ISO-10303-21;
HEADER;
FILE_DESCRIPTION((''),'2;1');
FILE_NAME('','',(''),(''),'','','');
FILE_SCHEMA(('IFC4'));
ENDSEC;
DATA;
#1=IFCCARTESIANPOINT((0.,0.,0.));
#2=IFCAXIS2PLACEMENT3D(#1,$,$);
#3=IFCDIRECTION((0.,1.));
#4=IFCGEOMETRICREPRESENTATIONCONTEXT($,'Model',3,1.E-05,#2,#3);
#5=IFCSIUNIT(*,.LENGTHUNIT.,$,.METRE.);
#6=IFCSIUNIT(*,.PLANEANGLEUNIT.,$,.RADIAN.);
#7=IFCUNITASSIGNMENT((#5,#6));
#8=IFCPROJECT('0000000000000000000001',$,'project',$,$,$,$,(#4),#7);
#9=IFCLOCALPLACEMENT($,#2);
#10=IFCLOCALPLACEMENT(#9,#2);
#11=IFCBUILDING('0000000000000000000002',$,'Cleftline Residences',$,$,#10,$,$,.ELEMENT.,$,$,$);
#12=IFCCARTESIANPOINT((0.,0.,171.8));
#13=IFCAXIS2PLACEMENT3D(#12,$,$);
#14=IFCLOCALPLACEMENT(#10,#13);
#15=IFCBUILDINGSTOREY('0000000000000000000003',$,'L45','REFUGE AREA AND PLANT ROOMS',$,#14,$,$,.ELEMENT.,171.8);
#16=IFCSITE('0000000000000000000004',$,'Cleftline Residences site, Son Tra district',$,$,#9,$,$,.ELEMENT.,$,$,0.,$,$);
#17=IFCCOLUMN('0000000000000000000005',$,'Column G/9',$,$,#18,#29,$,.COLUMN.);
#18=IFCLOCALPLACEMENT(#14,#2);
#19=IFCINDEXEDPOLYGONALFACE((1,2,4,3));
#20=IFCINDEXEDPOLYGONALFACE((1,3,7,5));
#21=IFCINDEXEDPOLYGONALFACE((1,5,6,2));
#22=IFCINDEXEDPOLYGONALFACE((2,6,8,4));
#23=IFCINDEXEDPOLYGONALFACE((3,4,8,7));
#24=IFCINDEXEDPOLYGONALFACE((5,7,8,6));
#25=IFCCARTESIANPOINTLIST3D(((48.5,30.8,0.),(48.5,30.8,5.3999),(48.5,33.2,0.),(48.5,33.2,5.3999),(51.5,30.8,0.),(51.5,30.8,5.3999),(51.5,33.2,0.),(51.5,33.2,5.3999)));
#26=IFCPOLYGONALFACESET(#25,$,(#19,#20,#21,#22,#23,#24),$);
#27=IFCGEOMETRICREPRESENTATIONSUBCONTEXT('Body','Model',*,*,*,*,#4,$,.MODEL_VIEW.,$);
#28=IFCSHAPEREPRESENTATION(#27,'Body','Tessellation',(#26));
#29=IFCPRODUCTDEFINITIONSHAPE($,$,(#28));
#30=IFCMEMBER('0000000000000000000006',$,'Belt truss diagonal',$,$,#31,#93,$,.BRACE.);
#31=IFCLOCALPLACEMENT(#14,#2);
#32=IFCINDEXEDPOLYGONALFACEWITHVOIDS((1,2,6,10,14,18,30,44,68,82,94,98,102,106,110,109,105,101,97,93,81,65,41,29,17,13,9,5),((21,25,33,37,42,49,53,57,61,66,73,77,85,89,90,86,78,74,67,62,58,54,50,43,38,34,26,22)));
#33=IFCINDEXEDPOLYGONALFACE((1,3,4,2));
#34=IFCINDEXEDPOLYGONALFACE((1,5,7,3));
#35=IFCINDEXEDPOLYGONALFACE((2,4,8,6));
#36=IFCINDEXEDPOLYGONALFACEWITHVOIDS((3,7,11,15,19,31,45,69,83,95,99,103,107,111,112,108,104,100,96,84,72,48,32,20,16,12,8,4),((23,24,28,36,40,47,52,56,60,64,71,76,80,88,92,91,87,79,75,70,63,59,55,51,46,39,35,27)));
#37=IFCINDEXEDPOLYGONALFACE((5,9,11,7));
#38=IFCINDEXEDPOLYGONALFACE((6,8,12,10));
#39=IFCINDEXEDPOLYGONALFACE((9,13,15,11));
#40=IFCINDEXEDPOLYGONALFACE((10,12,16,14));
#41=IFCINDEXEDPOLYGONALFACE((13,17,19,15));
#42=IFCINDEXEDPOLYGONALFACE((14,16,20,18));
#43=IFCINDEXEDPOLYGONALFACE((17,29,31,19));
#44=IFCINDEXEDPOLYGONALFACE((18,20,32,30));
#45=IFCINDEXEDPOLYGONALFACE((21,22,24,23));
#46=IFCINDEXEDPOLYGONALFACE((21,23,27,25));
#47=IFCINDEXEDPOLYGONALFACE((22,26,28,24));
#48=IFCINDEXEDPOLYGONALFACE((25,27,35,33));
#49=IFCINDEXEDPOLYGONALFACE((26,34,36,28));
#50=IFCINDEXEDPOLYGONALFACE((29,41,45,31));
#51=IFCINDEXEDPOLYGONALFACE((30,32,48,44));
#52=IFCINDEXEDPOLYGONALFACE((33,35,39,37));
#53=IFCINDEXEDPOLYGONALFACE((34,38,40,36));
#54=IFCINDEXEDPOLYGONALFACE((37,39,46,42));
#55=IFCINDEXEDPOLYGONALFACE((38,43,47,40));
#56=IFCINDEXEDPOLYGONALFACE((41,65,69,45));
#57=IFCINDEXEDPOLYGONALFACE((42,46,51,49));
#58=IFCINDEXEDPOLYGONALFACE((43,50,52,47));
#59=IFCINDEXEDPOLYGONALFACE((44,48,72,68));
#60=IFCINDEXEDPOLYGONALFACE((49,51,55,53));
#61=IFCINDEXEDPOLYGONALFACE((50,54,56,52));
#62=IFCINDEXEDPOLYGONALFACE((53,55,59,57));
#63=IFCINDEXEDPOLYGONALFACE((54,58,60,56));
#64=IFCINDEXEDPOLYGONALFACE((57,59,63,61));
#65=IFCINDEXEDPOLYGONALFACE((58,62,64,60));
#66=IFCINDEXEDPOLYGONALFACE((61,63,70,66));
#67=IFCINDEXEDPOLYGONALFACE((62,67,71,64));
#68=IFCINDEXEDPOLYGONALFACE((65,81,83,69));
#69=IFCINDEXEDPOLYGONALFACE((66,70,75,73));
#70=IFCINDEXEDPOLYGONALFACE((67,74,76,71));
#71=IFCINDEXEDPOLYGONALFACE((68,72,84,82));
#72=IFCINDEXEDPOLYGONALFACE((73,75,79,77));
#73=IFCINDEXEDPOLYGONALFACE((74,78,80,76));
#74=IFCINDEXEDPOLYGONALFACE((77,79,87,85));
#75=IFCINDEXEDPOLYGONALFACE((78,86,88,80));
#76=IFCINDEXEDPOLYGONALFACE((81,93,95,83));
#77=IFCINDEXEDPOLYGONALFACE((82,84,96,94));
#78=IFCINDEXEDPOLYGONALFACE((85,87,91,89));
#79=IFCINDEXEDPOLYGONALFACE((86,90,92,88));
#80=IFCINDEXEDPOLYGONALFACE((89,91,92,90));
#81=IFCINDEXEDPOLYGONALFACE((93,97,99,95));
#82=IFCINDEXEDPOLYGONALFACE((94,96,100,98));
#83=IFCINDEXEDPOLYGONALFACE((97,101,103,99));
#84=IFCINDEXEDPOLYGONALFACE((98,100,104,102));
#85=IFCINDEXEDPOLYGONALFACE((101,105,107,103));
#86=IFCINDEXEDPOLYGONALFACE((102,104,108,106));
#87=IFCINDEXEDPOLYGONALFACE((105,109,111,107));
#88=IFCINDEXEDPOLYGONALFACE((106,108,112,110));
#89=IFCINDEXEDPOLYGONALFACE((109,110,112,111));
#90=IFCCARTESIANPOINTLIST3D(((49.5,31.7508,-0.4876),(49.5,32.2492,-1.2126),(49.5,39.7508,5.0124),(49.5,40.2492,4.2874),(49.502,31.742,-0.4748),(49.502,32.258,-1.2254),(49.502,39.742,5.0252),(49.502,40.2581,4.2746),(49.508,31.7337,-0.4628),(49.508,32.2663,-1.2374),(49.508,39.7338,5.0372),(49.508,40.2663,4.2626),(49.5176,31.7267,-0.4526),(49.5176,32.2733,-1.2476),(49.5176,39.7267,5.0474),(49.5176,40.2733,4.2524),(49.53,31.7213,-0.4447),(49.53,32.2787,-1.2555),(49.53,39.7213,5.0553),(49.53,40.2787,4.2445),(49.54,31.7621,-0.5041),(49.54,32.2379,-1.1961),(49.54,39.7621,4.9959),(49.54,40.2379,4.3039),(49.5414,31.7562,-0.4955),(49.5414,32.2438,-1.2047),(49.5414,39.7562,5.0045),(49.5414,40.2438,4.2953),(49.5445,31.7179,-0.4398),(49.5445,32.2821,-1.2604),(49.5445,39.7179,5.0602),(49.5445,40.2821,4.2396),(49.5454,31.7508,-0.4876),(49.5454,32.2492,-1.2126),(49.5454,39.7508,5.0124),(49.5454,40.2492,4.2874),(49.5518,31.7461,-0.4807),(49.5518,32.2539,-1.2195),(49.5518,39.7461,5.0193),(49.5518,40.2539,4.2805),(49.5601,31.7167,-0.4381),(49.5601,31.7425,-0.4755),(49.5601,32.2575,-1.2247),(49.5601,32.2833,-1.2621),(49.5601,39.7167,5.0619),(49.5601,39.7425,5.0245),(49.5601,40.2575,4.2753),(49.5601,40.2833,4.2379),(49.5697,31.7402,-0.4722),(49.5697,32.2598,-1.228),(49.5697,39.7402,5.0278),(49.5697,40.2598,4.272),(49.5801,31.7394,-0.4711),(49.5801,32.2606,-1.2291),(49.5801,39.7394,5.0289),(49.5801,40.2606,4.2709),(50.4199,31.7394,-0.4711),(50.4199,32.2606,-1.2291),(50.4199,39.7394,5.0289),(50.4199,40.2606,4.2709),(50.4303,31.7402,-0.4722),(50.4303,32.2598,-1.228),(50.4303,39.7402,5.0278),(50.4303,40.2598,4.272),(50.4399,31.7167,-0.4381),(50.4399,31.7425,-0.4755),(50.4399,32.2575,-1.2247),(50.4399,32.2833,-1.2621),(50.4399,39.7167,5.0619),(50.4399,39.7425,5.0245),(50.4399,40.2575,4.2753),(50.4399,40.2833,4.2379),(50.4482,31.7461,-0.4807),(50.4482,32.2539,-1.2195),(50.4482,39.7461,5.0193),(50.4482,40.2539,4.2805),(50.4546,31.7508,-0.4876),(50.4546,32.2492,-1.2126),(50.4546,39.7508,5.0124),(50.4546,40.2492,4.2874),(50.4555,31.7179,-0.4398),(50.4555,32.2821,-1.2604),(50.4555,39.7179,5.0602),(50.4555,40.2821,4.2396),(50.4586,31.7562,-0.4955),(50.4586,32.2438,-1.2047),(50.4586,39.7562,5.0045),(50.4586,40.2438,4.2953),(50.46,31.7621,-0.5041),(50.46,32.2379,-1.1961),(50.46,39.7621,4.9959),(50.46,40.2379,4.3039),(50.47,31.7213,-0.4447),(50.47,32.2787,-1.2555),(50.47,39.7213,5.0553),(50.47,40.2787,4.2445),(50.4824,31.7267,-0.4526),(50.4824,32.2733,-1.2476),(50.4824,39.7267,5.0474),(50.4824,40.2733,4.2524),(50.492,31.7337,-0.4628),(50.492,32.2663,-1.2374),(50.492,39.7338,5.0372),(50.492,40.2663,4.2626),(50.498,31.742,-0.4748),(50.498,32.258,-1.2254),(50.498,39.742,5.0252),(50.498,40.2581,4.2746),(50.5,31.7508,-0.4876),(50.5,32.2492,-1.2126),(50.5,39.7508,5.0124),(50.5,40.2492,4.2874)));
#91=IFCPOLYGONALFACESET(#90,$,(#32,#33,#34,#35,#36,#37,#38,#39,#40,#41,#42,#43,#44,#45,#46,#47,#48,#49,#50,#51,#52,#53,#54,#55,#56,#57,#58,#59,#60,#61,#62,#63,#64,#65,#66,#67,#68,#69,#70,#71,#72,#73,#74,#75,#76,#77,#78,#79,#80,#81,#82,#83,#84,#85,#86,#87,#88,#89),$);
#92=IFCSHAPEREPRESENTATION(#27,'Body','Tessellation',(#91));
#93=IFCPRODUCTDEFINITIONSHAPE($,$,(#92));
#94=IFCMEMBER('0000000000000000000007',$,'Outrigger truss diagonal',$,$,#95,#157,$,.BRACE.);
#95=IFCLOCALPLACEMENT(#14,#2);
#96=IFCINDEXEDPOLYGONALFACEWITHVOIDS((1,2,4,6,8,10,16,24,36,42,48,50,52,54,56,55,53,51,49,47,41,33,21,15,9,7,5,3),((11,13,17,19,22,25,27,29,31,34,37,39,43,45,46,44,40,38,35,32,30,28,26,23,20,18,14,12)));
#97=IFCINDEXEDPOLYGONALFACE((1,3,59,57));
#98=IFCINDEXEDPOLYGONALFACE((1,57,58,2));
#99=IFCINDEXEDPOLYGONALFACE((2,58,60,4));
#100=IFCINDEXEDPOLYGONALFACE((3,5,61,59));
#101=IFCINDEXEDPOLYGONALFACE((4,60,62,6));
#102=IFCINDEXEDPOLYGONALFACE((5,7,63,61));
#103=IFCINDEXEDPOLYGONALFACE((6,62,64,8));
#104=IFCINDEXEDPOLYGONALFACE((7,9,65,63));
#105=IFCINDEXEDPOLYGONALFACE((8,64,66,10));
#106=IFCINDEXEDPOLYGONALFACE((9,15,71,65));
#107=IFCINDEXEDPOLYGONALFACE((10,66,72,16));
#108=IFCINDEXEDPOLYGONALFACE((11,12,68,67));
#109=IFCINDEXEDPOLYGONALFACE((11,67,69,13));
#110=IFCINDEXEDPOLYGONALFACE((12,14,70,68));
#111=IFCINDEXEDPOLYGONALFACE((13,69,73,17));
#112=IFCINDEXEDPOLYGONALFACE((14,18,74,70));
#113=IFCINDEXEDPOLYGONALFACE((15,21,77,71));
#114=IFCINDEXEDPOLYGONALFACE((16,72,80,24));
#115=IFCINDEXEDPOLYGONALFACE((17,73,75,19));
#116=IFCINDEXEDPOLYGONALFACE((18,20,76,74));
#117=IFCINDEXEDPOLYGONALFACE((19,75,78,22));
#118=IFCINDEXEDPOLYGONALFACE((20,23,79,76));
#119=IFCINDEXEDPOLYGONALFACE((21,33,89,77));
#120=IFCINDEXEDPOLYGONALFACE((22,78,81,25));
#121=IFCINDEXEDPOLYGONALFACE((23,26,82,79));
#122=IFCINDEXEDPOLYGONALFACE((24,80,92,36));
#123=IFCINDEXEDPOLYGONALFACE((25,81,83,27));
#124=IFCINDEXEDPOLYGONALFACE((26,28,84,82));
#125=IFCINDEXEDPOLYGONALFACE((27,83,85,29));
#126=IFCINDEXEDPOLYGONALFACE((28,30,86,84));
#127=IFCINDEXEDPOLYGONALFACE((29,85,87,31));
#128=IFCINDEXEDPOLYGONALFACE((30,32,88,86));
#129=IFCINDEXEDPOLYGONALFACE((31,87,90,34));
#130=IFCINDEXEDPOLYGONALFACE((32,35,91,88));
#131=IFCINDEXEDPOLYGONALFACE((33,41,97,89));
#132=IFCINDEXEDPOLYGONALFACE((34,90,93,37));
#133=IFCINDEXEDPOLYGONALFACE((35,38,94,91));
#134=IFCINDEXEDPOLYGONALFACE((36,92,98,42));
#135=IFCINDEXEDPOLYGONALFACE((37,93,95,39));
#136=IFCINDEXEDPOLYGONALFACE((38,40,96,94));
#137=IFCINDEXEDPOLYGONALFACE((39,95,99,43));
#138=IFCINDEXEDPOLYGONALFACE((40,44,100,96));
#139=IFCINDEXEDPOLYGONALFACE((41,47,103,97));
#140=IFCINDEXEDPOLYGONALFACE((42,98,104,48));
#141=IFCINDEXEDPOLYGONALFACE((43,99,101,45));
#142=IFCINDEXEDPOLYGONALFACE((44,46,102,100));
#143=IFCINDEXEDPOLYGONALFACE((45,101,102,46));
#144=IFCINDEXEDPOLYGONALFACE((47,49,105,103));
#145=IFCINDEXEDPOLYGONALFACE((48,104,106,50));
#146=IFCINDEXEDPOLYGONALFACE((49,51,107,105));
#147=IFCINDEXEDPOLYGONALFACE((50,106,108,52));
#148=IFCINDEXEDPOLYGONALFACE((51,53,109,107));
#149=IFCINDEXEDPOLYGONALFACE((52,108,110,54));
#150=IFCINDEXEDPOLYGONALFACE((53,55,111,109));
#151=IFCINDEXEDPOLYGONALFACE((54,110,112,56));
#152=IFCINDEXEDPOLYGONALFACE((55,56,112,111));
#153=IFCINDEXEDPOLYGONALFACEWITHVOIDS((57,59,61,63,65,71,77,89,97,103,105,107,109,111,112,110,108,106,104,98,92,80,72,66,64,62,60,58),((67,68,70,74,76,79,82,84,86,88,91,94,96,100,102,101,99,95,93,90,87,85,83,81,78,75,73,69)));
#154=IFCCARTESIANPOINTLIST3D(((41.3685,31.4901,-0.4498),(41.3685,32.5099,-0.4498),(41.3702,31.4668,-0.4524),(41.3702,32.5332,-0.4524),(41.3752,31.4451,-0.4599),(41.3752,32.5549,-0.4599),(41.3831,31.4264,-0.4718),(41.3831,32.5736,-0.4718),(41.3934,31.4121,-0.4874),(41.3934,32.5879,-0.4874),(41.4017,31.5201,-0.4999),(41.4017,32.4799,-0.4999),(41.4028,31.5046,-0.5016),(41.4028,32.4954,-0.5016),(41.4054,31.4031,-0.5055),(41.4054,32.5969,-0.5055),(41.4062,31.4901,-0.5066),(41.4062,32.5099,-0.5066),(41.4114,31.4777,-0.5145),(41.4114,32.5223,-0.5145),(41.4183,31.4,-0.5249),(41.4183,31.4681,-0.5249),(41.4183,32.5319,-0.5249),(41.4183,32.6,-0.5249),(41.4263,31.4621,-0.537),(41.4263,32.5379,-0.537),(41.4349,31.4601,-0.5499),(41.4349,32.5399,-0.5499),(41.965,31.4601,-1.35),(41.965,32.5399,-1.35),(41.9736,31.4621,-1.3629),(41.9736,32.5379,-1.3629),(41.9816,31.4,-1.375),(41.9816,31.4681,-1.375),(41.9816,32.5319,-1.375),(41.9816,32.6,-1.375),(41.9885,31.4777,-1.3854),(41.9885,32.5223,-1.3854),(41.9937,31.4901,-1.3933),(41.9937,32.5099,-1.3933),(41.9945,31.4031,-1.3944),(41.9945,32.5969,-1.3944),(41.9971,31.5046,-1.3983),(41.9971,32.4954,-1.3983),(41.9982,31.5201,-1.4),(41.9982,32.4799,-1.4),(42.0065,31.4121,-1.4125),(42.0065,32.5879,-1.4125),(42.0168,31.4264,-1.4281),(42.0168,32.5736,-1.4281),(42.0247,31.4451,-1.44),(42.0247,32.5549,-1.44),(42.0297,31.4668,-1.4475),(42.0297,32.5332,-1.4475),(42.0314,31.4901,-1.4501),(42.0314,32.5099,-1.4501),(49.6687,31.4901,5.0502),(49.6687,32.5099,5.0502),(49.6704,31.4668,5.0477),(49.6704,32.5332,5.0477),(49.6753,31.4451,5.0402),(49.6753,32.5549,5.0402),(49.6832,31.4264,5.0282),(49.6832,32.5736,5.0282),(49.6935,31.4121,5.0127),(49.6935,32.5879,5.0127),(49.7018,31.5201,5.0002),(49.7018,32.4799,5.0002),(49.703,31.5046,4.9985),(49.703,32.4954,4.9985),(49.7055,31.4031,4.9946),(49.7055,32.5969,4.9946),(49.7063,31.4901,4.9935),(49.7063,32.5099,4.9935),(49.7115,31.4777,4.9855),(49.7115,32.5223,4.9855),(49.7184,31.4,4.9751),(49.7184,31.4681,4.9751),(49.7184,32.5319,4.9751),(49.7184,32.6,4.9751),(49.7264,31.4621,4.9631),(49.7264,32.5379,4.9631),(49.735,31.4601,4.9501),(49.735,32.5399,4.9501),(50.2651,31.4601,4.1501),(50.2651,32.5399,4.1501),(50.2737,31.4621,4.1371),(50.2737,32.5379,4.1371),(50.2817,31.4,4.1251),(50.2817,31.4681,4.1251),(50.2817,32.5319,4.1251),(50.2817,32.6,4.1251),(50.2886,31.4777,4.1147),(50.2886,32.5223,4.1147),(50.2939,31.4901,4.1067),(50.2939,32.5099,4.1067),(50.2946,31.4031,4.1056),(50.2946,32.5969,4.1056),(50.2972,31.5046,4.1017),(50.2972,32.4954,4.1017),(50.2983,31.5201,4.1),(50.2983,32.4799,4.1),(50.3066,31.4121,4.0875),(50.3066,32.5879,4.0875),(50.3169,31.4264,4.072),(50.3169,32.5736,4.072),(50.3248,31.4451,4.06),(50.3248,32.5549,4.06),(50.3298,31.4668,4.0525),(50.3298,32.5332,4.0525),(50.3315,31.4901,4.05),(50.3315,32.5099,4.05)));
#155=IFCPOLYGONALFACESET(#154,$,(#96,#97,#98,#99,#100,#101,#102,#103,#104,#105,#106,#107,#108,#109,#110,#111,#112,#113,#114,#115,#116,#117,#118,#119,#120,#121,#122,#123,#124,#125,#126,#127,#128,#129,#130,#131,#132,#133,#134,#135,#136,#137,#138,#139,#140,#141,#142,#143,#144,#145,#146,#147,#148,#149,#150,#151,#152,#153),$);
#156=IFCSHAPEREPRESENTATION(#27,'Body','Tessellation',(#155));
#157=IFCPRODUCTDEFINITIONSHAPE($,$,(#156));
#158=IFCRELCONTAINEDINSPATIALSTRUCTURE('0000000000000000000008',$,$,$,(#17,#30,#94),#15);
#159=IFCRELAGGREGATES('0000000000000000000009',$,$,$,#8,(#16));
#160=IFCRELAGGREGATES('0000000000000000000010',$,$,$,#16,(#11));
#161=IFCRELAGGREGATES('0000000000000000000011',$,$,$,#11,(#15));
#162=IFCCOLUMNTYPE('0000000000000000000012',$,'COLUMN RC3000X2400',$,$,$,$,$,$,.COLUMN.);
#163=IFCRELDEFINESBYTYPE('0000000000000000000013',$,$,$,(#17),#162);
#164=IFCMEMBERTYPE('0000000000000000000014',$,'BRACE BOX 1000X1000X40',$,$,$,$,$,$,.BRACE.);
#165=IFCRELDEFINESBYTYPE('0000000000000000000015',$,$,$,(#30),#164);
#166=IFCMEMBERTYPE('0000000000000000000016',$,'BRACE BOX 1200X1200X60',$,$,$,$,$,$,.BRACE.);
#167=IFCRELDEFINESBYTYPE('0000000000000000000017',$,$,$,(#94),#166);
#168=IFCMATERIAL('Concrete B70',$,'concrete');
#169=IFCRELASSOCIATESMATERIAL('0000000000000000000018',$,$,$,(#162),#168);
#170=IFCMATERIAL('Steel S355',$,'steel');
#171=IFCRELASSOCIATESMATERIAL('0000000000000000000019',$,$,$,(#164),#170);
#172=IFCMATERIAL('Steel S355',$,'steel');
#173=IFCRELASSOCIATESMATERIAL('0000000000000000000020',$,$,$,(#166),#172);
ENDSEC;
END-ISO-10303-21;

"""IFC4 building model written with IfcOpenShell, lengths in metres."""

from ifc_helpers import new_model, si_unit, direction, frame, origin, origin_2d, place, context, subcontext, project, spatial, rectangle, hollow_rectangle, extrude, material, material_profile, profile_set, type_object, element, save


model = new_model("IFC4")

# Units and contexts
model_context = context("Model", 3, precision=1e-05, world=origin(), true_north=direction((0.0, 1.0)))
body_context = subcontext(model_context, "Body", "Model", "MODEL_VIEW")
ifc_project = project(units=[si_unit("LENGTHUNIT", "METRE"), si_unit("PLANEANGLEUNIT", "RADIAN")], contexts=[model_context])

# Site, building, storey
site_placement = place(None, origin())
site = spatial("IfcSite", under=ifc_project, at=site_placement, Name="Cleftline Residences site, Son Tra district", CompositionType="ELEMENT", RefElevation=0.0)
building_placement = place(site_placement, origin())
building = spatial("IfcBuilding", under=site, at=building_placement, Name="Cleftline Residences", CompositionType="ELEMENT")
storey_placement = place(building_placement, frame((0.0, 0.0, 171.8)))
storey = spatial("IfcBuildingStorey", under=building, at=storey_placement, Name="L45", Description="REFUGE AREA AND PLANT ROOMS", CompositionType="ELEMENT", Elevation=171.8)

# Column
ifc_material_1 = material(Name="Concrete B70", Category="concrete")
ifc_material_profile_1 = material_profile(ifc_material_1, rectangle(XDim=3.0, YDim=2.3999, at=origin_2d()))
ifc_profile_set_1 = profile_set([ifc_material_profile_1], Name="Concrete B70")
column_type = type_object("IfcColumnType", Name="COLUMN RC3000X2400", PredefinedType="COLUMN", material=ifc_profile_set_1)
column_placement = place(storey_placement, frame((50.0, 32.0, 0.0), z_axis=(0.0, 0.0, 1.0), x_axis=(1.0, 0.0, 0.0)))
element("IfcColumn", 1, at=column_placement, inside=storey, type_object=column_type, Name="Column G/9", PredefinedType="COLUMN", context=body_context, shape_type="SweptSolid", body=[
    extrude(rectangle(XDim=3.0, YDim=2.3999, at=origin_2d()), origin(), (0.0, 0.0, 1.0), 5.3999),
])

# Members
ifc_material_2 = material(Name="Steel S355", Category="steel")
ifc_material_profile_2 = material_profile(ifc_material_2, hollow_rectangle(XDim=1.0, YDim=1.0, WallThickness=0.04, InnerFilletRadius=0.04, OuterFilletRadius=0.0601, at=origin_2d()))
ifc_profile_set_2 = profile_set([ifc_material_profile_2], Name="Steel S355")
member_type_1 = type_object("IfcMemberType", Name="BRACE BOX 1000X1000X40", PredefinedType="BRACE", material=ifc_profile_set_2)
member_1_placement = place(storey_placement, frame((50.0, 32.0, -0.8501), z_axis=(0.0, 0.824042, 0.566529), x_axis=(0.0, -0.566529, 0.824042)))
element("IfcMember", 2, at=member_1_placement, inside=storey, type_object=member_type_1, Name="Belt truss diagonal", PredefinedType="BRACE", context=body_context, shape_type="SweptSolid", body=[
    extrude(hollow_rectangle(XDim=1.0, YDim=1.0, WallThickness=0.04, InnerFilletRadius=0.04, OuterFilletRadius=0.0601, at=origin_2d()), origin(), (0.0, 0.0, 1.0), 9.7083),
])
ifc_material_3 = material(Name="Steel S355", Category="steel")
ifc_material_profile_3 = material_profile(ifc_material_3, hollow_rectangle(XDim=1.2, YDim=1.2, WallThickness=0.0601, InnerFilletRadius=0.0601, OuterFilletRadius=0.0901, at=origin_2d()))
ifc_profile_set_3 = profile_set([ifc_material_profile_3], Name="Steel S355")
member_type_2 = type_object("IfcMemberType", Name="BRACE BOX 1200X1200X60", PredefinedType="BRACE", material=ifc_profile_set_3)
member_2_placement = place(storey_placement, frame((41.7, 32.0, -0.95), z_axis=(0.833594, 0.0, 0.552378), x_axis=(-0.552378, 0.0, 0.833594)))
element("IfcMember", 3, at=member_2_placement, inside=storey, type_object=member_type_2, Name="Outrigger truss diagonal", PredefinedType="BRACE", context=body_context, shape_type="SweptSolid", body=[
    extrude(hollow_rectangle(XDim=1.2, YDim=1.2, WallThickness=0.0601, InnerFilletRadius=0.0601, OuterFilletRadius=0.0901, at=origin_2d()), origin(), (0.0, 0.0, 1.0), 9.957),
])

save(model, "model.ifc")
